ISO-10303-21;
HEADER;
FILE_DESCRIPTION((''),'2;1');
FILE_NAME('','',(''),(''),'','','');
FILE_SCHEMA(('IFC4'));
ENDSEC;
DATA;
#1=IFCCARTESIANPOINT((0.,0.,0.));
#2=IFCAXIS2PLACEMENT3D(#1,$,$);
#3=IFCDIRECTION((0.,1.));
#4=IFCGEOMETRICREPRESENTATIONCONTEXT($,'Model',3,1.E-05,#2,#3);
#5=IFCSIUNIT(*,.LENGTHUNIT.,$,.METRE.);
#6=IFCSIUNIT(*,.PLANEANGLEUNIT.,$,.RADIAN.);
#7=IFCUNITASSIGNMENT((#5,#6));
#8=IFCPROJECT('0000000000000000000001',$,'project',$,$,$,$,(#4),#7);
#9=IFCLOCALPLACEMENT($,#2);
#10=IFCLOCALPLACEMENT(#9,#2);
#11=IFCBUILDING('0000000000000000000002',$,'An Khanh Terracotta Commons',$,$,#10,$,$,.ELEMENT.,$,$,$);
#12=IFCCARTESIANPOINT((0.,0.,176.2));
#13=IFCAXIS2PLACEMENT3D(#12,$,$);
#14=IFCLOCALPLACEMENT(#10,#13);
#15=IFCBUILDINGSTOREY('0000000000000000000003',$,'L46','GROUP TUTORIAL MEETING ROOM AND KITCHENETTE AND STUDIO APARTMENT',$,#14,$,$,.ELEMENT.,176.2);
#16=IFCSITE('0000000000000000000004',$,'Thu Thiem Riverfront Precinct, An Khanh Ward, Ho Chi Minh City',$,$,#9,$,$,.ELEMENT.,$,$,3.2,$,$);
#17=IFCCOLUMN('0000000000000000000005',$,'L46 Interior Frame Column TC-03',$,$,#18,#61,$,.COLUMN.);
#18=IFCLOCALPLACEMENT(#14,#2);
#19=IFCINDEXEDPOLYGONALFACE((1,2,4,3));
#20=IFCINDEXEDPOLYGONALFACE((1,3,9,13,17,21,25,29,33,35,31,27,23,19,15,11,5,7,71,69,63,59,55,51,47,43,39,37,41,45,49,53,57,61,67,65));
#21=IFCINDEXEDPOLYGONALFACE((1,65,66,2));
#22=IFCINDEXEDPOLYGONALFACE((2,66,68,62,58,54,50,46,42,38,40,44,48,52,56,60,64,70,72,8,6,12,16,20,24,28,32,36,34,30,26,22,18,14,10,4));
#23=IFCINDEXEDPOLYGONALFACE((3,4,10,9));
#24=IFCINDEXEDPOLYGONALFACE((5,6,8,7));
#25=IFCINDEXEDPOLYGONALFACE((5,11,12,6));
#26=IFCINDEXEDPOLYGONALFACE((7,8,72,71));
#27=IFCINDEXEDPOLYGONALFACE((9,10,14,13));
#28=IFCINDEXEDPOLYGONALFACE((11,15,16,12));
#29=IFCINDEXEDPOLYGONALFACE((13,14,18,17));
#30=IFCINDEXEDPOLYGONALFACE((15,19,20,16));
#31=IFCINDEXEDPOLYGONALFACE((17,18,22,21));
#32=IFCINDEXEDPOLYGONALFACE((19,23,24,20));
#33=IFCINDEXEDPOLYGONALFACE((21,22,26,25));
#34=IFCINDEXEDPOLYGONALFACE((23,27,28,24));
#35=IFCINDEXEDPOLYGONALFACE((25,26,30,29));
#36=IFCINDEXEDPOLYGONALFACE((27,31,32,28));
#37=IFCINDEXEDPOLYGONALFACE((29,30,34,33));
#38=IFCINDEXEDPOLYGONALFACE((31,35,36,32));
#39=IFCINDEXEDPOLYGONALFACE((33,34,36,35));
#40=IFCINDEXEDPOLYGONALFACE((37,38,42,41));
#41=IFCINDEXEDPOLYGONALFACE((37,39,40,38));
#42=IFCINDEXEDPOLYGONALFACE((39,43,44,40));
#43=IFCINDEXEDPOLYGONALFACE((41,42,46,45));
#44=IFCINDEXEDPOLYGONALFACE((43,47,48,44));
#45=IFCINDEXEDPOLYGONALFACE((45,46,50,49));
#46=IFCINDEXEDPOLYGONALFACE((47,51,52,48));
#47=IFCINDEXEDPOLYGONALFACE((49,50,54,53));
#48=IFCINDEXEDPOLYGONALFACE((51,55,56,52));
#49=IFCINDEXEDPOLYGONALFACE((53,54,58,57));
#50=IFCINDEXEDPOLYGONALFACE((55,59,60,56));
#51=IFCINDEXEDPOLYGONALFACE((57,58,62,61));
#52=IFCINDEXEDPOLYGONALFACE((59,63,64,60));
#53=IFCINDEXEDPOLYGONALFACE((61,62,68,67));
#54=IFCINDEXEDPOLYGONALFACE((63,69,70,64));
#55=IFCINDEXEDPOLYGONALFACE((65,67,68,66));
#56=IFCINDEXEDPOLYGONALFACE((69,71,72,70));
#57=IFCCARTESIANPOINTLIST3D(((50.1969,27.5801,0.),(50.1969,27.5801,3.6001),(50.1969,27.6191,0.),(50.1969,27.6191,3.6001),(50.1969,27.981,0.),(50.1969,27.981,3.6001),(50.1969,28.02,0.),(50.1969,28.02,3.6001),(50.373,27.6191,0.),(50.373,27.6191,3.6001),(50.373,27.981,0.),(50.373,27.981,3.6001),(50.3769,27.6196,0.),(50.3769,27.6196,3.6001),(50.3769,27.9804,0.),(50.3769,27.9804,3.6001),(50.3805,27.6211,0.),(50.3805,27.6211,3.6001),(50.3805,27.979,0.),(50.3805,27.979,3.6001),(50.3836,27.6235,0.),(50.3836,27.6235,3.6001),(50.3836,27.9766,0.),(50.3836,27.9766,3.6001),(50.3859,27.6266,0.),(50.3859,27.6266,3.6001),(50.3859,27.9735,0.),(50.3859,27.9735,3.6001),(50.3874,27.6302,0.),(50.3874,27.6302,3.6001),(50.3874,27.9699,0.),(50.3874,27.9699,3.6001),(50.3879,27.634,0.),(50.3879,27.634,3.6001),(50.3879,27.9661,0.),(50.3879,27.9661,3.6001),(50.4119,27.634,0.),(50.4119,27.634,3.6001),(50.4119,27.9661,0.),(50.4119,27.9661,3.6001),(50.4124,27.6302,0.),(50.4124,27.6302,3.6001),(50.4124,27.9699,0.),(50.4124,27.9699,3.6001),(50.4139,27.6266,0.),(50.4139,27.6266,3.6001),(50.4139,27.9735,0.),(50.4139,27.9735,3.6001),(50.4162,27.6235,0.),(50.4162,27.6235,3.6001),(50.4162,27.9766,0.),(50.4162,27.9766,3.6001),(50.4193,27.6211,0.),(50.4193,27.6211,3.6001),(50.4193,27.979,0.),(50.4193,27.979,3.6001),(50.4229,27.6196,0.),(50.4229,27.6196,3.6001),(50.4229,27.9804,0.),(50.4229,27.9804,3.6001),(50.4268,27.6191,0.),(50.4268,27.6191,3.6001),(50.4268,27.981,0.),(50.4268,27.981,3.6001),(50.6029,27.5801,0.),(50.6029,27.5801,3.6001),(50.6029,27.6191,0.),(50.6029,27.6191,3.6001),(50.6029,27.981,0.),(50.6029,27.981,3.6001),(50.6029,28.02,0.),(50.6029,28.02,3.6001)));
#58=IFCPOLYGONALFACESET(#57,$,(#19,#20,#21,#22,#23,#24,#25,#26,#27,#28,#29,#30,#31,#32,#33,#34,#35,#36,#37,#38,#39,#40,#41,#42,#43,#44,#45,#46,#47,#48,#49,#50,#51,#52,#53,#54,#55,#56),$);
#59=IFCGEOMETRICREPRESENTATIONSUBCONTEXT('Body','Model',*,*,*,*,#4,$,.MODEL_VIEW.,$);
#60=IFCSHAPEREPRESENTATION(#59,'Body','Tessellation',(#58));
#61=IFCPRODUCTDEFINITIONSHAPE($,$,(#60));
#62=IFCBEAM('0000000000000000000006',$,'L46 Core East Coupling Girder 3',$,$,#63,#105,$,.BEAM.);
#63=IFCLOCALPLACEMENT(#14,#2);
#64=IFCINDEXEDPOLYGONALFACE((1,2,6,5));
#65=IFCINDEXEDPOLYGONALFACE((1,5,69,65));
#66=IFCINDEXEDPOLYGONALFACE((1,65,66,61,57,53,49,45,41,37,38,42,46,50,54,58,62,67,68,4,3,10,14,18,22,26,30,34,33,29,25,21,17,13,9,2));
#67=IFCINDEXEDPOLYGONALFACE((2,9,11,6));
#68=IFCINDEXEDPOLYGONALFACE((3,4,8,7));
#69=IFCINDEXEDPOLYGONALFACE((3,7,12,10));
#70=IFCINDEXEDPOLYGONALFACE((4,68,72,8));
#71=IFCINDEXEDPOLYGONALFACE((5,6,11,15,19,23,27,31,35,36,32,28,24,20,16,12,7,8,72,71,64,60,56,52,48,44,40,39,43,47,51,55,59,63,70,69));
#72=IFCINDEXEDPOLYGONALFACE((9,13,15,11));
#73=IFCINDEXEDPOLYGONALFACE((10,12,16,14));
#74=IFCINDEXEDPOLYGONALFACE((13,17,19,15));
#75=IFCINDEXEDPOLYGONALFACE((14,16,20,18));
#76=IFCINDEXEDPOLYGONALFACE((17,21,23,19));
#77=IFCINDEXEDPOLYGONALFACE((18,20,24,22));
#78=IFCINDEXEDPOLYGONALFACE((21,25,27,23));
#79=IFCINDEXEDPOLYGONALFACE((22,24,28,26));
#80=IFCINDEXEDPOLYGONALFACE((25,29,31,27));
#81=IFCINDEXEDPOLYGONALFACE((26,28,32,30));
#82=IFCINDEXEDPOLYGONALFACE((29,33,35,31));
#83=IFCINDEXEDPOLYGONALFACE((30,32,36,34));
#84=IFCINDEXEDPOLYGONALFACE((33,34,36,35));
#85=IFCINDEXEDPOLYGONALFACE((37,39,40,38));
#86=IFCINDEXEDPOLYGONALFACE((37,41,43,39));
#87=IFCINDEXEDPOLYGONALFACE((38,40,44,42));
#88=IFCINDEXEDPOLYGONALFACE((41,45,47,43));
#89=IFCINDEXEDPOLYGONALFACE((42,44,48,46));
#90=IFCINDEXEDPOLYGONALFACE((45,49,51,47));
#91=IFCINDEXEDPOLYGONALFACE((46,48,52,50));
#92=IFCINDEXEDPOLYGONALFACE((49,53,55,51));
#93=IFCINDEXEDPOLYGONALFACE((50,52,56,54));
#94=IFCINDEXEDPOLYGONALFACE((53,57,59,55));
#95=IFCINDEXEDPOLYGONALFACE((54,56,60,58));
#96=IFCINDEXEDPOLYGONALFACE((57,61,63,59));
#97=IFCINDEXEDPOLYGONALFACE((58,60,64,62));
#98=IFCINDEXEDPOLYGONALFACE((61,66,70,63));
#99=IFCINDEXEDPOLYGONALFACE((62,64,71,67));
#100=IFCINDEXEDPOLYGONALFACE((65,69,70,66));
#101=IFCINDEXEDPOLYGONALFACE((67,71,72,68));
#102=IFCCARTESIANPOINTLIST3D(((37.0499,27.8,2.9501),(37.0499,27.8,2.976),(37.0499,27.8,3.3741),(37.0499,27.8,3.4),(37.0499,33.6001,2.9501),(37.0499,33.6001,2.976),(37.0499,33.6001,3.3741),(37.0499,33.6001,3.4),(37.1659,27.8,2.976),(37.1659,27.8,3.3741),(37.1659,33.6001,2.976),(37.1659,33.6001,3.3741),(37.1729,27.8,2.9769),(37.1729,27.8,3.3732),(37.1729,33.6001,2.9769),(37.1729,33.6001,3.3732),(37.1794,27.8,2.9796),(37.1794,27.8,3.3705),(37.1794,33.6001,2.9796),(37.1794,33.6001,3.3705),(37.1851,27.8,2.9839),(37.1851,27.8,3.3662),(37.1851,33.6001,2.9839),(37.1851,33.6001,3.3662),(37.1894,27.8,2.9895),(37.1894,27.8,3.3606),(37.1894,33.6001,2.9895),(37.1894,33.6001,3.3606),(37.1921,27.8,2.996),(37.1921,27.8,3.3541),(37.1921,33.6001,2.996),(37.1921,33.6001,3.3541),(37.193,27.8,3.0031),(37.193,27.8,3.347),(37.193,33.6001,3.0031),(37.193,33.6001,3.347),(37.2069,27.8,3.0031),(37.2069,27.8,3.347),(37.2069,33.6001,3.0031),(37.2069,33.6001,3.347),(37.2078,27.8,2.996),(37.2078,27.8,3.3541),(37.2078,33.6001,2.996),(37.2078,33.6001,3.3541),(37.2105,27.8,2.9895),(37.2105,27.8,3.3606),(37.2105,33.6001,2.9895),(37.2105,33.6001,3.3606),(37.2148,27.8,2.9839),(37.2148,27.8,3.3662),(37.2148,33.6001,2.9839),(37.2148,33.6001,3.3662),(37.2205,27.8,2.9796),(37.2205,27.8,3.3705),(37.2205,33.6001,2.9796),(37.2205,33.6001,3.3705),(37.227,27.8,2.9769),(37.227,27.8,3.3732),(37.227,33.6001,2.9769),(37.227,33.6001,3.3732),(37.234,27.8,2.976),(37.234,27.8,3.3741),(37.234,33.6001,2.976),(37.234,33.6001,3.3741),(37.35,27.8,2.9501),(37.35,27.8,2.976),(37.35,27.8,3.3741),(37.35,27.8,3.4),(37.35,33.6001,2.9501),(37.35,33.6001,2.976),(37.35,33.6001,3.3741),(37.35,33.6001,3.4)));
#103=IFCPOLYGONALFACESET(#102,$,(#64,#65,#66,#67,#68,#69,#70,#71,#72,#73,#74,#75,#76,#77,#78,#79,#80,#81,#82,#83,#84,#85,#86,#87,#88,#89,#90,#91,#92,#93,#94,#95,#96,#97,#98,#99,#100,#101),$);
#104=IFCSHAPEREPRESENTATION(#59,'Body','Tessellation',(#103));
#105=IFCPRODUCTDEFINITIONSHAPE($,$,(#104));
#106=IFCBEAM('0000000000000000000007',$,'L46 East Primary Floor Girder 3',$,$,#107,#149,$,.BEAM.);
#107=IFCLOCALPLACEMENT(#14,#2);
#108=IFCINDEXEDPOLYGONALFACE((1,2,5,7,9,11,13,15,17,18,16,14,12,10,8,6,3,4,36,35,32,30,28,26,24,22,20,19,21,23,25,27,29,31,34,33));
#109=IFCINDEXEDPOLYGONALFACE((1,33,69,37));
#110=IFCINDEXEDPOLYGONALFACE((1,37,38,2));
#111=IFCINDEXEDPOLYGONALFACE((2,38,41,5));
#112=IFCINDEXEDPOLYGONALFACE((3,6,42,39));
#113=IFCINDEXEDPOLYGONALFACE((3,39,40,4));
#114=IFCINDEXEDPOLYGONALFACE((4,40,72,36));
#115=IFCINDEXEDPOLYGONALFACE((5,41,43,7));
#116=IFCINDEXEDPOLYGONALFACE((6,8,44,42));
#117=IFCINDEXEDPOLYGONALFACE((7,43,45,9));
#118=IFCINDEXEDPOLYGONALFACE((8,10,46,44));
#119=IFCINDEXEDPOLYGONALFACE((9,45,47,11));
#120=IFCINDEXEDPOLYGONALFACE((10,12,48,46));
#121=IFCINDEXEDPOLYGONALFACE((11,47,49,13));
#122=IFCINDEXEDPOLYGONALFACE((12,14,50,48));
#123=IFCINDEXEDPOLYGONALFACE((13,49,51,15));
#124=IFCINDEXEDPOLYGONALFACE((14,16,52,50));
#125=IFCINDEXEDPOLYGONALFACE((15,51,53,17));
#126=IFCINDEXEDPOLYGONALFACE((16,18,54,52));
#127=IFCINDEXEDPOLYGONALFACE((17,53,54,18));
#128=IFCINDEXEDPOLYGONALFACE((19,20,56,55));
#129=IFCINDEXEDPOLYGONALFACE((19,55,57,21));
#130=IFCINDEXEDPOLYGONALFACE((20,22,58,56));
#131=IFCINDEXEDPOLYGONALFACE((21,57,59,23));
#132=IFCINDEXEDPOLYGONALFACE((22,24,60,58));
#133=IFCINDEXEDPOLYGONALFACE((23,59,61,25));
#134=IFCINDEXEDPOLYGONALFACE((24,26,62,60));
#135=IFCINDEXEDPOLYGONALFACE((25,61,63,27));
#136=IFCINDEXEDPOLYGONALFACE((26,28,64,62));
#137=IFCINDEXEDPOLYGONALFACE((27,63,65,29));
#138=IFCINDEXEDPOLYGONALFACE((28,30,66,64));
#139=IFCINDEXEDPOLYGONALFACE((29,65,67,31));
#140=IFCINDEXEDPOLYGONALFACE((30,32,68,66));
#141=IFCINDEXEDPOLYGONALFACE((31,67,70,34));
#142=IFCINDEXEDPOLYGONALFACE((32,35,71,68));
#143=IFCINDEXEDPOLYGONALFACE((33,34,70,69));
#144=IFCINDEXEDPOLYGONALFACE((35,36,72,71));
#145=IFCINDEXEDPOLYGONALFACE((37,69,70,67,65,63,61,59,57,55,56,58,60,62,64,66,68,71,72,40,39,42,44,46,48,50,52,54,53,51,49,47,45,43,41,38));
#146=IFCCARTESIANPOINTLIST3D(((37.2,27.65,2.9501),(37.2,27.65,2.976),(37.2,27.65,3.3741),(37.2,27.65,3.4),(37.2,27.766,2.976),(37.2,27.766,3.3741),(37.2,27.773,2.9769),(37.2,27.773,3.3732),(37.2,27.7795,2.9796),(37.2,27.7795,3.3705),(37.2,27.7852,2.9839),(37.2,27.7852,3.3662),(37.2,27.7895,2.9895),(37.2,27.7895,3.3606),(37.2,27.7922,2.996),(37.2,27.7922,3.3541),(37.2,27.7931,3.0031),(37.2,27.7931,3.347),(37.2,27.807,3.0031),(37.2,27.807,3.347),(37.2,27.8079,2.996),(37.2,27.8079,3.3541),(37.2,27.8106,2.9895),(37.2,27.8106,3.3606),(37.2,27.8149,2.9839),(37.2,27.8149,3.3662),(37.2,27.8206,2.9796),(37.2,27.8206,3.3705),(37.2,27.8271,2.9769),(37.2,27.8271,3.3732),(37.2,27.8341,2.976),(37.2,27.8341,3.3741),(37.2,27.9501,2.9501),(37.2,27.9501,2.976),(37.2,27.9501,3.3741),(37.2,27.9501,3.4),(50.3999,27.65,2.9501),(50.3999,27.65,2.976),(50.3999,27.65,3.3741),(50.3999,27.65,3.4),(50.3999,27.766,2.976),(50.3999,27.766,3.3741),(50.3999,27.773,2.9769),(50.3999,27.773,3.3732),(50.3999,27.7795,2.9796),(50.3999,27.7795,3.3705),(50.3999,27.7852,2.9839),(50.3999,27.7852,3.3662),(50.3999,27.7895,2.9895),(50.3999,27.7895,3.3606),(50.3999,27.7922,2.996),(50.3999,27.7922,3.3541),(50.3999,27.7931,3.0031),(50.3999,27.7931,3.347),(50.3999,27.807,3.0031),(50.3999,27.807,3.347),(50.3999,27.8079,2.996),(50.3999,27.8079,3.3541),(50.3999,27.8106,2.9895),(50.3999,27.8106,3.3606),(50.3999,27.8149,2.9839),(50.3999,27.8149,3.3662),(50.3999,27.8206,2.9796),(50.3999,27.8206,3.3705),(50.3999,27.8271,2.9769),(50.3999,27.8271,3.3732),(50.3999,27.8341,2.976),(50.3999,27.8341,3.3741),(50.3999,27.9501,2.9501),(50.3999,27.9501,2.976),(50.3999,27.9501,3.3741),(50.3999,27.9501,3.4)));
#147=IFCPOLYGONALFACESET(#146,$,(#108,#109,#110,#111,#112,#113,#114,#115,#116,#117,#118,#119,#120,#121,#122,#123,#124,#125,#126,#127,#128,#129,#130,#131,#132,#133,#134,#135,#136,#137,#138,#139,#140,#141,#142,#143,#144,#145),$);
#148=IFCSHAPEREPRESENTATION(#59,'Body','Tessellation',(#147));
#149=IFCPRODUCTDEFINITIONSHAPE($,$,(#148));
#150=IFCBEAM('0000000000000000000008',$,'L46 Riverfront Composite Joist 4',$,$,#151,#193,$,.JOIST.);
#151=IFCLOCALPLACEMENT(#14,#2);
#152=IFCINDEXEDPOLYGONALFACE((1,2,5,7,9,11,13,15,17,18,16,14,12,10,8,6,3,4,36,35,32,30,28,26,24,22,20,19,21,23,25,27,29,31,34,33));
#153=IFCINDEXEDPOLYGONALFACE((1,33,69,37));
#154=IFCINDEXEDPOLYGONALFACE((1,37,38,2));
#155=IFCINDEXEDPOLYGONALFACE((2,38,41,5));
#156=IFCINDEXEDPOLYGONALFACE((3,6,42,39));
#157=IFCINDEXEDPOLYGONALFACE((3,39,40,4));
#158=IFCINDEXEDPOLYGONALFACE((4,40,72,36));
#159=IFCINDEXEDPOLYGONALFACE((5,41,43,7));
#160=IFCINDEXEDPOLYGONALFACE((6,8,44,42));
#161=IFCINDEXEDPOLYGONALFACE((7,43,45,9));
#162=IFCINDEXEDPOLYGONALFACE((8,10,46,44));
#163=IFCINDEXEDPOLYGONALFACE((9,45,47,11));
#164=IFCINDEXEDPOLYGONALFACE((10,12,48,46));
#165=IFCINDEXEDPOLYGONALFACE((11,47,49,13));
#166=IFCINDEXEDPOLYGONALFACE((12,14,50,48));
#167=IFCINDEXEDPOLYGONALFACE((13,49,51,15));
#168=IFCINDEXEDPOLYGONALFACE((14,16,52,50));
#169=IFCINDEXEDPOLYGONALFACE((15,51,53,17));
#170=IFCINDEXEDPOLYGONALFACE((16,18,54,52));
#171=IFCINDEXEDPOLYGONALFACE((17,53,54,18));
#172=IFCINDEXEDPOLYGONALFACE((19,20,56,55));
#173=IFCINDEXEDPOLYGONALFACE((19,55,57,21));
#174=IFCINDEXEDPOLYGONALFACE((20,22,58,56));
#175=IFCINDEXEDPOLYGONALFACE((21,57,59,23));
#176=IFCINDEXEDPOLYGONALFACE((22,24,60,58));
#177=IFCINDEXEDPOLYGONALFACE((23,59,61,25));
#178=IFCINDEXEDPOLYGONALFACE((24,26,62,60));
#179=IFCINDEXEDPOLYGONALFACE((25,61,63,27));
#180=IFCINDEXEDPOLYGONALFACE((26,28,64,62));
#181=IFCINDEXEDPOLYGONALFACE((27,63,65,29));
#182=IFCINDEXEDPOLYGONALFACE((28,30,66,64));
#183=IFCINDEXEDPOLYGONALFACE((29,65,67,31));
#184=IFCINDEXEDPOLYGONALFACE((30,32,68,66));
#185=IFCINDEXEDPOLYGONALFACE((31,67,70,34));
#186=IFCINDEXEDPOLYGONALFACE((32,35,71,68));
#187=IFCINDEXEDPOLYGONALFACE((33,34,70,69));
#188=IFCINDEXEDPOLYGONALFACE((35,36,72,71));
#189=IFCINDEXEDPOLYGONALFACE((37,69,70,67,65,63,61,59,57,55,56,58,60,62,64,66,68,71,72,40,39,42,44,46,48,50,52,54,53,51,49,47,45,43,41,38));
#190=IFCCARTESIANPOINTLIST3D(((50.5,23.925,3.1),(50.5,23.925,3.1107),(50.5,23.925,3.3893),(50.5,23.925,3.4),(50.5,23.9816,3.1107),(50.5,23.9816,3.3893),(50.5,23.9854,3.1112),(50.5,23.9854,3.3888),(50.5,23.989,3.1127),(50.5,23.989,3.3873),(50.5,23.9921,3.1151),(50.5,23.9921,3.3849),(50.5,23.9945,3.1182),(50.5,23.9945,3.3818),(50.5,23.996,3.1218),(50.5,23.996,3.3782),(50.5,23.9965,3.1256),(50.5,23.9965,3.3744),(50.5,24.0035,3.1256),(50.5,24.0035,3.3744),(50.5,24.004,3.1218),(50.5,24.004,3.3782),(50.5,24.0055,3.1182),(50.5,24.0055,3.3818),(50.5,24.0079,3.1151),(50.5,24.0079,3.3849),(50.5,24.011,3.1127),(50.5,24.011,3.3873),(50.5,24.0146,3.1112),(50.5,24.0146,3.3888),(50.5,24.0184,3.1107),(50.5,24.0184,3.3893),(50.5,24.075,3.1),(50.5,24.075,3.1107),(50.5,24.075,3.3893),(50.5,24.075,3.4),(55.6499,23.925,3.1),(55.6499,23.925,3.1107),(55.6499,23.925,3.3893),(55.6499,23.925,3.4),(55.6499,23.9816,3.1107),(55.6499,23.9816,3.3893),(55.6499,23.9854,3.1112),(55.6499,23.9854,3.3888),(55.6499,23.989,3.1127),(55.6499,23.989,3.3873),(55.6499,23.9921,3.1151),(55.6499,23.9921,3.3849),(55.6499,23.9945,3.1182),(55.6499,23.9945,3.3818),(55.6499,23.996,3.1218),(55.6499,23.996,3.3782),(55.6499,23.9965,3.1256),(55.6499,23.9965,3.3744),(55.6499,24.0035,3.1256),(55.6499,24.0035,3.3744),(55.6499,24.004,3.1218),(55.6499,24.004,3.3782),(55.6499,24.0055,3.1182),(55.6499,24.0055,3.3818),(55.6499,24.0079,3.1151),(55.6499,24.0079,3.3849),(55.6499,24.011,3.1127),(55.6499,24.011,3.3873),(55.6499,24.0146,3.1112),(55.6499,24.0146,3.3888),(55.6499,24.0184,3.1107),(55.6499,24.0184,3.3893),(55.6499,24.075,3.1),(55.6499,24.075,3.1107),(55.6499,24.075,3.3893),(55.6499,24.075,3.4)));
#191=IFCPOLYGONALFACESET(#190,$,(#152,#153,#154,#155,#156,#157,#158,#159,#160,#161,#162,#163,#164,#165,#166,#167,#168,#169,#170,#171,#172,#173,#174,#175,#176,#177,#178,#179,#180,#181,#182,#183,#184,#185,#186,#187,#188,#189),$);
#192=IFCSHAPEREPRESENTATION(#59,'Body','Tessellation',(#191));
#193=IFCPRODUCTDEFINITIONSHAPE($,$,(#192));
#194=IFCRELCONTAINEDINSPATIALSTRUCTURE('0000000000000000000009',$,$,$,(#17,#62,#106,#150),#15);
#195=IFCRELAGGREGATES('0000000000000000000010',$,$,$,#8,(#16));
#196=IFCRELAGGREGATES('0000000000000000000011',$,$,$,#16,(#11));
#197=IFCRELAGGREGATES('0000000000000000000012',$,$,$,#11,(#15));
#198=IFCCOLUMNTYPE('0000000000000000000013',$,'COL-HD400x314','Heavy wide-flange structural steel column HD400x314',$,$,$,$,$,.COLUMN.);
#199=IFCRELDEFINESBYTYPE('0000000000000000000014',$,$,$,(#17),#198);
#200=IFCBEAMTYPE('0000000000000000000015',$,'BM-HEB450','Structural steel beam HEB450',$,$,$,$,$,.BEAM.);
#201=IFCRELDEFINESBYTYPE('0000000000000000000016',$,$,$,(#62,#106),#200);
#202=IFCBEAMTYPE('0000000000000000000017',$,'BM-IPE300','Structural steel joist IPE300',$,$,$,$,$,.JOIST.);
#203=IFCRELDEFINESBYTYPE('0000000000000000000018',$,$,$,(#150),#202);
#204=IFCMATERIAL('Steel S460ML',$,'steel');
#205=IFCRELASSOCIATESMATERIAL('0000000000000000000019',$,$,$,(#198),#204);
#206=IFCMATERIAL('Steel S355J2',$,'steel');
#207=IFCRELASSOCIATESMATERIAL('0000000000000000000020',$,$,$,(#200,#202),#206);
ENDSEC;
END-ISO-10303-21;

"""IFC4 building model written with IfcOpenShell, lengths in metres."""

from ifc_helpers import new_model, si_unit, direction, frame, origin, origin_2d, place, context, subcontext, project, spatial, i_section, extrude, material, material_profile, profile_set, type_object, element, save


model = new_model("IFC4")

# Units and contexts
model_context = context("Model", 3, precision=1e-05, world=origin(), true_north=direction((0.0, 1.0)))
body_context = subcontext(model_context, "Body", "Model", "MODEL_VIEW")
ifc_project = project(units=[si_unit("LENGTHUNIT", "METRE"), si_unit("PLANEANGLEUNIT", "RADIAN")], contexts=[model_context])

# Site, building, storey
site_placement = place(None, origin())
site = spatial("IfcSite", under=ifc_project, at=site_placement, Name="Thu Thiem Riverfront Precinct, An Khanh Ward, Ho Chi Minh City", CompositionType="ELEMENT", RefElevation=3.2)
building_placement = place(site_placement, origin())
building = spatial("IfcBuilding", under=site, at=building_placement, Name="An Khanh Terracotta Commons", CompositionType="ELEMENT")
storey_placement = place(building_placement, frame((0.0, 0.0, 176.2)))
storey = spatial("IfcBuildingStorey", under=building, at=storey_placement, Name="L46", Description="GROUP TUTORIAL MEETING ROOM AND KITCHENETTE AND STUDIO APARTMENT", CompositionType="ELEMENT", Elevation=176.2)

# Column
ifc_material_1 = material(Name="Steel S460ML", Category="steel")
ifc_material_profile_1 = material_profile(ifc_material_1, i_section(OverallWidth=0.406, OverallDepth=0.4399, WebThickness=0.0239, FlangeThickness=0.0391, FilletRadius=0.0149, at=origin_2d()), Name="HD400x314")
ifc_profile_set_1 = profile_set([ifc_material_profile_1], Name="Steel S460ML")
column_type = type_object("IfcColumnType", Name="COL-HD400x314", Description="Heavy wide-flange structural steel column HD400x314", PredefinedType="COLUMN", material=ifc_profile_set_1)
column_placement = place(storey_placement, frame((50.3999, 27.8, 0.0), z_axis=(0.0, 0.0, 1.0), x_axis=(1.0, 0.0, 0.0)))
element("IfcColumn", 1, at=column_placement, inside=storey, type_object=column_type, Name="L46 Interior Frame Column TC-03", PredefinedType="COLUMN", context=body_context, shape_type="SweptSolid", body=[
    extrude(i_section(OverallWidth=0.406, OverallDepth=0.4399, WebThickness=0.0239, FlangeThickness=0.0391, FilletRadius=0.0149, at=origin_2d()), origin(), (0.0, 0.0, 1.0), 3.6001),
])

# Beams
ifc_material_2 = material(Name="Steel S355J2", Category="steel")
ifc_material_profile_2 = material_profile(ifc_material_2, i_section(OverallWidth=0.3, OverallDepth=0.45, WebThickness=0.0139, FlangeThickness=0.0259, FilletRadius=0.0271, at=origin_2d()), Name="HEB450")
ifc_profile_set_2 = profile_set([ifc_material_profile_2], Name="Steel S355J2")
beam_type_1 = type_object("IfcBeamType", Name="BM-HEB450", Description="Structural steel beam HEB450", PredefinedType="BEAM", material=ifc_profile_set_2)
beam_1_placement = place(storey_placement, frame((37.2, 27.8, 3.175), z_axis=(0.0, 1.0, 0.0), x_axis=(-1.0, 0.0, 0.0)))
element("IfcBeam", 2, at=beam_1_placement, inside=storey, type_object=beam_type_1, Name="L46 Core East Coupling Girder 3", PredefinedType="BEAM", context=body_context, shape_type="SweptSolid", body=[
    extrude(i_section(OverallWidth=0.3, OverallDepth=0.45, WebThickness=0.0139, FlangeThickness=0.0259, FilletRadius=0.0271, at=origin_2d()), origin(), (0.0, 0.0, 1.0), 5.8),
])
beam_2_placement = place(storey_placement, frame((37.2, 27.8, 3.175), z_axis=(1.0, 0.0, 0.0), x_axis=(0.0, 1.0, 0.0)))
element("IfcBeam", 3, at=beam_2_placement, inside=storey, type_object=beam_type_1, Name="L46 East Primary Floor Girder 3", PredefinedType="BEAM", context=body_context, shape_type="SweptSolid", body=[
    extrude(i_section(OverallWidth=0.3, OverallDepth=0.45, WebThickness=0.0139, FlangeThickness=0.0259, FilletRadius=0.0271, at=origin_2d()), origin(), (0.0, 0.0, 1.0), 13.2),
])
ifc_material_profile_3 = material_profile(ifc_material_2, i_section(OverallWidth=0.1499, OverallDepth=0.3, WebThickness=0.0071, FlangeThickness=0.0107, FilletRadius=0.0149, at=origin_2d()), Name="IPE300")
ifc_profile_set_3 = profile_set([ifc_material_profile_3], Name="Steel S355J2")
beam_type_2 = type_object("IfcBeamType", Name="BM-IPE300", Description="Structural steel joist IPE300", PredefinedType="JOIST", material=ifc_profile_set_3)
for number, where, z_axis, x_axis, name in (
    (4, (50.5, 24.0, 3.25), (1.0, 0.0, 0.0), (0.0, 1.0, 0.0), "L46 Riverfront Composite Joist 4"),
):
    element("IfcBeam", number, at=place(storey_placement, frame(where, z_axis=z_axis, x_axis=x_axis)), inside=storey, type_object=beam_type_2, Name=name, PredefinedType="JOIST", context=body_context, shape_type="SweptSolid", body=[
        extrude(i_section(OverallWidth=0.1499, OverallDepth=0.3, WebThickness=0.0071, FlangeThickness=0.0107, FilletRadius=0.0149, at=origin_2d()), origin(), (0.0, 0.0, 1.0), 5.1499),
    ])

save(model, "model.ifc")
